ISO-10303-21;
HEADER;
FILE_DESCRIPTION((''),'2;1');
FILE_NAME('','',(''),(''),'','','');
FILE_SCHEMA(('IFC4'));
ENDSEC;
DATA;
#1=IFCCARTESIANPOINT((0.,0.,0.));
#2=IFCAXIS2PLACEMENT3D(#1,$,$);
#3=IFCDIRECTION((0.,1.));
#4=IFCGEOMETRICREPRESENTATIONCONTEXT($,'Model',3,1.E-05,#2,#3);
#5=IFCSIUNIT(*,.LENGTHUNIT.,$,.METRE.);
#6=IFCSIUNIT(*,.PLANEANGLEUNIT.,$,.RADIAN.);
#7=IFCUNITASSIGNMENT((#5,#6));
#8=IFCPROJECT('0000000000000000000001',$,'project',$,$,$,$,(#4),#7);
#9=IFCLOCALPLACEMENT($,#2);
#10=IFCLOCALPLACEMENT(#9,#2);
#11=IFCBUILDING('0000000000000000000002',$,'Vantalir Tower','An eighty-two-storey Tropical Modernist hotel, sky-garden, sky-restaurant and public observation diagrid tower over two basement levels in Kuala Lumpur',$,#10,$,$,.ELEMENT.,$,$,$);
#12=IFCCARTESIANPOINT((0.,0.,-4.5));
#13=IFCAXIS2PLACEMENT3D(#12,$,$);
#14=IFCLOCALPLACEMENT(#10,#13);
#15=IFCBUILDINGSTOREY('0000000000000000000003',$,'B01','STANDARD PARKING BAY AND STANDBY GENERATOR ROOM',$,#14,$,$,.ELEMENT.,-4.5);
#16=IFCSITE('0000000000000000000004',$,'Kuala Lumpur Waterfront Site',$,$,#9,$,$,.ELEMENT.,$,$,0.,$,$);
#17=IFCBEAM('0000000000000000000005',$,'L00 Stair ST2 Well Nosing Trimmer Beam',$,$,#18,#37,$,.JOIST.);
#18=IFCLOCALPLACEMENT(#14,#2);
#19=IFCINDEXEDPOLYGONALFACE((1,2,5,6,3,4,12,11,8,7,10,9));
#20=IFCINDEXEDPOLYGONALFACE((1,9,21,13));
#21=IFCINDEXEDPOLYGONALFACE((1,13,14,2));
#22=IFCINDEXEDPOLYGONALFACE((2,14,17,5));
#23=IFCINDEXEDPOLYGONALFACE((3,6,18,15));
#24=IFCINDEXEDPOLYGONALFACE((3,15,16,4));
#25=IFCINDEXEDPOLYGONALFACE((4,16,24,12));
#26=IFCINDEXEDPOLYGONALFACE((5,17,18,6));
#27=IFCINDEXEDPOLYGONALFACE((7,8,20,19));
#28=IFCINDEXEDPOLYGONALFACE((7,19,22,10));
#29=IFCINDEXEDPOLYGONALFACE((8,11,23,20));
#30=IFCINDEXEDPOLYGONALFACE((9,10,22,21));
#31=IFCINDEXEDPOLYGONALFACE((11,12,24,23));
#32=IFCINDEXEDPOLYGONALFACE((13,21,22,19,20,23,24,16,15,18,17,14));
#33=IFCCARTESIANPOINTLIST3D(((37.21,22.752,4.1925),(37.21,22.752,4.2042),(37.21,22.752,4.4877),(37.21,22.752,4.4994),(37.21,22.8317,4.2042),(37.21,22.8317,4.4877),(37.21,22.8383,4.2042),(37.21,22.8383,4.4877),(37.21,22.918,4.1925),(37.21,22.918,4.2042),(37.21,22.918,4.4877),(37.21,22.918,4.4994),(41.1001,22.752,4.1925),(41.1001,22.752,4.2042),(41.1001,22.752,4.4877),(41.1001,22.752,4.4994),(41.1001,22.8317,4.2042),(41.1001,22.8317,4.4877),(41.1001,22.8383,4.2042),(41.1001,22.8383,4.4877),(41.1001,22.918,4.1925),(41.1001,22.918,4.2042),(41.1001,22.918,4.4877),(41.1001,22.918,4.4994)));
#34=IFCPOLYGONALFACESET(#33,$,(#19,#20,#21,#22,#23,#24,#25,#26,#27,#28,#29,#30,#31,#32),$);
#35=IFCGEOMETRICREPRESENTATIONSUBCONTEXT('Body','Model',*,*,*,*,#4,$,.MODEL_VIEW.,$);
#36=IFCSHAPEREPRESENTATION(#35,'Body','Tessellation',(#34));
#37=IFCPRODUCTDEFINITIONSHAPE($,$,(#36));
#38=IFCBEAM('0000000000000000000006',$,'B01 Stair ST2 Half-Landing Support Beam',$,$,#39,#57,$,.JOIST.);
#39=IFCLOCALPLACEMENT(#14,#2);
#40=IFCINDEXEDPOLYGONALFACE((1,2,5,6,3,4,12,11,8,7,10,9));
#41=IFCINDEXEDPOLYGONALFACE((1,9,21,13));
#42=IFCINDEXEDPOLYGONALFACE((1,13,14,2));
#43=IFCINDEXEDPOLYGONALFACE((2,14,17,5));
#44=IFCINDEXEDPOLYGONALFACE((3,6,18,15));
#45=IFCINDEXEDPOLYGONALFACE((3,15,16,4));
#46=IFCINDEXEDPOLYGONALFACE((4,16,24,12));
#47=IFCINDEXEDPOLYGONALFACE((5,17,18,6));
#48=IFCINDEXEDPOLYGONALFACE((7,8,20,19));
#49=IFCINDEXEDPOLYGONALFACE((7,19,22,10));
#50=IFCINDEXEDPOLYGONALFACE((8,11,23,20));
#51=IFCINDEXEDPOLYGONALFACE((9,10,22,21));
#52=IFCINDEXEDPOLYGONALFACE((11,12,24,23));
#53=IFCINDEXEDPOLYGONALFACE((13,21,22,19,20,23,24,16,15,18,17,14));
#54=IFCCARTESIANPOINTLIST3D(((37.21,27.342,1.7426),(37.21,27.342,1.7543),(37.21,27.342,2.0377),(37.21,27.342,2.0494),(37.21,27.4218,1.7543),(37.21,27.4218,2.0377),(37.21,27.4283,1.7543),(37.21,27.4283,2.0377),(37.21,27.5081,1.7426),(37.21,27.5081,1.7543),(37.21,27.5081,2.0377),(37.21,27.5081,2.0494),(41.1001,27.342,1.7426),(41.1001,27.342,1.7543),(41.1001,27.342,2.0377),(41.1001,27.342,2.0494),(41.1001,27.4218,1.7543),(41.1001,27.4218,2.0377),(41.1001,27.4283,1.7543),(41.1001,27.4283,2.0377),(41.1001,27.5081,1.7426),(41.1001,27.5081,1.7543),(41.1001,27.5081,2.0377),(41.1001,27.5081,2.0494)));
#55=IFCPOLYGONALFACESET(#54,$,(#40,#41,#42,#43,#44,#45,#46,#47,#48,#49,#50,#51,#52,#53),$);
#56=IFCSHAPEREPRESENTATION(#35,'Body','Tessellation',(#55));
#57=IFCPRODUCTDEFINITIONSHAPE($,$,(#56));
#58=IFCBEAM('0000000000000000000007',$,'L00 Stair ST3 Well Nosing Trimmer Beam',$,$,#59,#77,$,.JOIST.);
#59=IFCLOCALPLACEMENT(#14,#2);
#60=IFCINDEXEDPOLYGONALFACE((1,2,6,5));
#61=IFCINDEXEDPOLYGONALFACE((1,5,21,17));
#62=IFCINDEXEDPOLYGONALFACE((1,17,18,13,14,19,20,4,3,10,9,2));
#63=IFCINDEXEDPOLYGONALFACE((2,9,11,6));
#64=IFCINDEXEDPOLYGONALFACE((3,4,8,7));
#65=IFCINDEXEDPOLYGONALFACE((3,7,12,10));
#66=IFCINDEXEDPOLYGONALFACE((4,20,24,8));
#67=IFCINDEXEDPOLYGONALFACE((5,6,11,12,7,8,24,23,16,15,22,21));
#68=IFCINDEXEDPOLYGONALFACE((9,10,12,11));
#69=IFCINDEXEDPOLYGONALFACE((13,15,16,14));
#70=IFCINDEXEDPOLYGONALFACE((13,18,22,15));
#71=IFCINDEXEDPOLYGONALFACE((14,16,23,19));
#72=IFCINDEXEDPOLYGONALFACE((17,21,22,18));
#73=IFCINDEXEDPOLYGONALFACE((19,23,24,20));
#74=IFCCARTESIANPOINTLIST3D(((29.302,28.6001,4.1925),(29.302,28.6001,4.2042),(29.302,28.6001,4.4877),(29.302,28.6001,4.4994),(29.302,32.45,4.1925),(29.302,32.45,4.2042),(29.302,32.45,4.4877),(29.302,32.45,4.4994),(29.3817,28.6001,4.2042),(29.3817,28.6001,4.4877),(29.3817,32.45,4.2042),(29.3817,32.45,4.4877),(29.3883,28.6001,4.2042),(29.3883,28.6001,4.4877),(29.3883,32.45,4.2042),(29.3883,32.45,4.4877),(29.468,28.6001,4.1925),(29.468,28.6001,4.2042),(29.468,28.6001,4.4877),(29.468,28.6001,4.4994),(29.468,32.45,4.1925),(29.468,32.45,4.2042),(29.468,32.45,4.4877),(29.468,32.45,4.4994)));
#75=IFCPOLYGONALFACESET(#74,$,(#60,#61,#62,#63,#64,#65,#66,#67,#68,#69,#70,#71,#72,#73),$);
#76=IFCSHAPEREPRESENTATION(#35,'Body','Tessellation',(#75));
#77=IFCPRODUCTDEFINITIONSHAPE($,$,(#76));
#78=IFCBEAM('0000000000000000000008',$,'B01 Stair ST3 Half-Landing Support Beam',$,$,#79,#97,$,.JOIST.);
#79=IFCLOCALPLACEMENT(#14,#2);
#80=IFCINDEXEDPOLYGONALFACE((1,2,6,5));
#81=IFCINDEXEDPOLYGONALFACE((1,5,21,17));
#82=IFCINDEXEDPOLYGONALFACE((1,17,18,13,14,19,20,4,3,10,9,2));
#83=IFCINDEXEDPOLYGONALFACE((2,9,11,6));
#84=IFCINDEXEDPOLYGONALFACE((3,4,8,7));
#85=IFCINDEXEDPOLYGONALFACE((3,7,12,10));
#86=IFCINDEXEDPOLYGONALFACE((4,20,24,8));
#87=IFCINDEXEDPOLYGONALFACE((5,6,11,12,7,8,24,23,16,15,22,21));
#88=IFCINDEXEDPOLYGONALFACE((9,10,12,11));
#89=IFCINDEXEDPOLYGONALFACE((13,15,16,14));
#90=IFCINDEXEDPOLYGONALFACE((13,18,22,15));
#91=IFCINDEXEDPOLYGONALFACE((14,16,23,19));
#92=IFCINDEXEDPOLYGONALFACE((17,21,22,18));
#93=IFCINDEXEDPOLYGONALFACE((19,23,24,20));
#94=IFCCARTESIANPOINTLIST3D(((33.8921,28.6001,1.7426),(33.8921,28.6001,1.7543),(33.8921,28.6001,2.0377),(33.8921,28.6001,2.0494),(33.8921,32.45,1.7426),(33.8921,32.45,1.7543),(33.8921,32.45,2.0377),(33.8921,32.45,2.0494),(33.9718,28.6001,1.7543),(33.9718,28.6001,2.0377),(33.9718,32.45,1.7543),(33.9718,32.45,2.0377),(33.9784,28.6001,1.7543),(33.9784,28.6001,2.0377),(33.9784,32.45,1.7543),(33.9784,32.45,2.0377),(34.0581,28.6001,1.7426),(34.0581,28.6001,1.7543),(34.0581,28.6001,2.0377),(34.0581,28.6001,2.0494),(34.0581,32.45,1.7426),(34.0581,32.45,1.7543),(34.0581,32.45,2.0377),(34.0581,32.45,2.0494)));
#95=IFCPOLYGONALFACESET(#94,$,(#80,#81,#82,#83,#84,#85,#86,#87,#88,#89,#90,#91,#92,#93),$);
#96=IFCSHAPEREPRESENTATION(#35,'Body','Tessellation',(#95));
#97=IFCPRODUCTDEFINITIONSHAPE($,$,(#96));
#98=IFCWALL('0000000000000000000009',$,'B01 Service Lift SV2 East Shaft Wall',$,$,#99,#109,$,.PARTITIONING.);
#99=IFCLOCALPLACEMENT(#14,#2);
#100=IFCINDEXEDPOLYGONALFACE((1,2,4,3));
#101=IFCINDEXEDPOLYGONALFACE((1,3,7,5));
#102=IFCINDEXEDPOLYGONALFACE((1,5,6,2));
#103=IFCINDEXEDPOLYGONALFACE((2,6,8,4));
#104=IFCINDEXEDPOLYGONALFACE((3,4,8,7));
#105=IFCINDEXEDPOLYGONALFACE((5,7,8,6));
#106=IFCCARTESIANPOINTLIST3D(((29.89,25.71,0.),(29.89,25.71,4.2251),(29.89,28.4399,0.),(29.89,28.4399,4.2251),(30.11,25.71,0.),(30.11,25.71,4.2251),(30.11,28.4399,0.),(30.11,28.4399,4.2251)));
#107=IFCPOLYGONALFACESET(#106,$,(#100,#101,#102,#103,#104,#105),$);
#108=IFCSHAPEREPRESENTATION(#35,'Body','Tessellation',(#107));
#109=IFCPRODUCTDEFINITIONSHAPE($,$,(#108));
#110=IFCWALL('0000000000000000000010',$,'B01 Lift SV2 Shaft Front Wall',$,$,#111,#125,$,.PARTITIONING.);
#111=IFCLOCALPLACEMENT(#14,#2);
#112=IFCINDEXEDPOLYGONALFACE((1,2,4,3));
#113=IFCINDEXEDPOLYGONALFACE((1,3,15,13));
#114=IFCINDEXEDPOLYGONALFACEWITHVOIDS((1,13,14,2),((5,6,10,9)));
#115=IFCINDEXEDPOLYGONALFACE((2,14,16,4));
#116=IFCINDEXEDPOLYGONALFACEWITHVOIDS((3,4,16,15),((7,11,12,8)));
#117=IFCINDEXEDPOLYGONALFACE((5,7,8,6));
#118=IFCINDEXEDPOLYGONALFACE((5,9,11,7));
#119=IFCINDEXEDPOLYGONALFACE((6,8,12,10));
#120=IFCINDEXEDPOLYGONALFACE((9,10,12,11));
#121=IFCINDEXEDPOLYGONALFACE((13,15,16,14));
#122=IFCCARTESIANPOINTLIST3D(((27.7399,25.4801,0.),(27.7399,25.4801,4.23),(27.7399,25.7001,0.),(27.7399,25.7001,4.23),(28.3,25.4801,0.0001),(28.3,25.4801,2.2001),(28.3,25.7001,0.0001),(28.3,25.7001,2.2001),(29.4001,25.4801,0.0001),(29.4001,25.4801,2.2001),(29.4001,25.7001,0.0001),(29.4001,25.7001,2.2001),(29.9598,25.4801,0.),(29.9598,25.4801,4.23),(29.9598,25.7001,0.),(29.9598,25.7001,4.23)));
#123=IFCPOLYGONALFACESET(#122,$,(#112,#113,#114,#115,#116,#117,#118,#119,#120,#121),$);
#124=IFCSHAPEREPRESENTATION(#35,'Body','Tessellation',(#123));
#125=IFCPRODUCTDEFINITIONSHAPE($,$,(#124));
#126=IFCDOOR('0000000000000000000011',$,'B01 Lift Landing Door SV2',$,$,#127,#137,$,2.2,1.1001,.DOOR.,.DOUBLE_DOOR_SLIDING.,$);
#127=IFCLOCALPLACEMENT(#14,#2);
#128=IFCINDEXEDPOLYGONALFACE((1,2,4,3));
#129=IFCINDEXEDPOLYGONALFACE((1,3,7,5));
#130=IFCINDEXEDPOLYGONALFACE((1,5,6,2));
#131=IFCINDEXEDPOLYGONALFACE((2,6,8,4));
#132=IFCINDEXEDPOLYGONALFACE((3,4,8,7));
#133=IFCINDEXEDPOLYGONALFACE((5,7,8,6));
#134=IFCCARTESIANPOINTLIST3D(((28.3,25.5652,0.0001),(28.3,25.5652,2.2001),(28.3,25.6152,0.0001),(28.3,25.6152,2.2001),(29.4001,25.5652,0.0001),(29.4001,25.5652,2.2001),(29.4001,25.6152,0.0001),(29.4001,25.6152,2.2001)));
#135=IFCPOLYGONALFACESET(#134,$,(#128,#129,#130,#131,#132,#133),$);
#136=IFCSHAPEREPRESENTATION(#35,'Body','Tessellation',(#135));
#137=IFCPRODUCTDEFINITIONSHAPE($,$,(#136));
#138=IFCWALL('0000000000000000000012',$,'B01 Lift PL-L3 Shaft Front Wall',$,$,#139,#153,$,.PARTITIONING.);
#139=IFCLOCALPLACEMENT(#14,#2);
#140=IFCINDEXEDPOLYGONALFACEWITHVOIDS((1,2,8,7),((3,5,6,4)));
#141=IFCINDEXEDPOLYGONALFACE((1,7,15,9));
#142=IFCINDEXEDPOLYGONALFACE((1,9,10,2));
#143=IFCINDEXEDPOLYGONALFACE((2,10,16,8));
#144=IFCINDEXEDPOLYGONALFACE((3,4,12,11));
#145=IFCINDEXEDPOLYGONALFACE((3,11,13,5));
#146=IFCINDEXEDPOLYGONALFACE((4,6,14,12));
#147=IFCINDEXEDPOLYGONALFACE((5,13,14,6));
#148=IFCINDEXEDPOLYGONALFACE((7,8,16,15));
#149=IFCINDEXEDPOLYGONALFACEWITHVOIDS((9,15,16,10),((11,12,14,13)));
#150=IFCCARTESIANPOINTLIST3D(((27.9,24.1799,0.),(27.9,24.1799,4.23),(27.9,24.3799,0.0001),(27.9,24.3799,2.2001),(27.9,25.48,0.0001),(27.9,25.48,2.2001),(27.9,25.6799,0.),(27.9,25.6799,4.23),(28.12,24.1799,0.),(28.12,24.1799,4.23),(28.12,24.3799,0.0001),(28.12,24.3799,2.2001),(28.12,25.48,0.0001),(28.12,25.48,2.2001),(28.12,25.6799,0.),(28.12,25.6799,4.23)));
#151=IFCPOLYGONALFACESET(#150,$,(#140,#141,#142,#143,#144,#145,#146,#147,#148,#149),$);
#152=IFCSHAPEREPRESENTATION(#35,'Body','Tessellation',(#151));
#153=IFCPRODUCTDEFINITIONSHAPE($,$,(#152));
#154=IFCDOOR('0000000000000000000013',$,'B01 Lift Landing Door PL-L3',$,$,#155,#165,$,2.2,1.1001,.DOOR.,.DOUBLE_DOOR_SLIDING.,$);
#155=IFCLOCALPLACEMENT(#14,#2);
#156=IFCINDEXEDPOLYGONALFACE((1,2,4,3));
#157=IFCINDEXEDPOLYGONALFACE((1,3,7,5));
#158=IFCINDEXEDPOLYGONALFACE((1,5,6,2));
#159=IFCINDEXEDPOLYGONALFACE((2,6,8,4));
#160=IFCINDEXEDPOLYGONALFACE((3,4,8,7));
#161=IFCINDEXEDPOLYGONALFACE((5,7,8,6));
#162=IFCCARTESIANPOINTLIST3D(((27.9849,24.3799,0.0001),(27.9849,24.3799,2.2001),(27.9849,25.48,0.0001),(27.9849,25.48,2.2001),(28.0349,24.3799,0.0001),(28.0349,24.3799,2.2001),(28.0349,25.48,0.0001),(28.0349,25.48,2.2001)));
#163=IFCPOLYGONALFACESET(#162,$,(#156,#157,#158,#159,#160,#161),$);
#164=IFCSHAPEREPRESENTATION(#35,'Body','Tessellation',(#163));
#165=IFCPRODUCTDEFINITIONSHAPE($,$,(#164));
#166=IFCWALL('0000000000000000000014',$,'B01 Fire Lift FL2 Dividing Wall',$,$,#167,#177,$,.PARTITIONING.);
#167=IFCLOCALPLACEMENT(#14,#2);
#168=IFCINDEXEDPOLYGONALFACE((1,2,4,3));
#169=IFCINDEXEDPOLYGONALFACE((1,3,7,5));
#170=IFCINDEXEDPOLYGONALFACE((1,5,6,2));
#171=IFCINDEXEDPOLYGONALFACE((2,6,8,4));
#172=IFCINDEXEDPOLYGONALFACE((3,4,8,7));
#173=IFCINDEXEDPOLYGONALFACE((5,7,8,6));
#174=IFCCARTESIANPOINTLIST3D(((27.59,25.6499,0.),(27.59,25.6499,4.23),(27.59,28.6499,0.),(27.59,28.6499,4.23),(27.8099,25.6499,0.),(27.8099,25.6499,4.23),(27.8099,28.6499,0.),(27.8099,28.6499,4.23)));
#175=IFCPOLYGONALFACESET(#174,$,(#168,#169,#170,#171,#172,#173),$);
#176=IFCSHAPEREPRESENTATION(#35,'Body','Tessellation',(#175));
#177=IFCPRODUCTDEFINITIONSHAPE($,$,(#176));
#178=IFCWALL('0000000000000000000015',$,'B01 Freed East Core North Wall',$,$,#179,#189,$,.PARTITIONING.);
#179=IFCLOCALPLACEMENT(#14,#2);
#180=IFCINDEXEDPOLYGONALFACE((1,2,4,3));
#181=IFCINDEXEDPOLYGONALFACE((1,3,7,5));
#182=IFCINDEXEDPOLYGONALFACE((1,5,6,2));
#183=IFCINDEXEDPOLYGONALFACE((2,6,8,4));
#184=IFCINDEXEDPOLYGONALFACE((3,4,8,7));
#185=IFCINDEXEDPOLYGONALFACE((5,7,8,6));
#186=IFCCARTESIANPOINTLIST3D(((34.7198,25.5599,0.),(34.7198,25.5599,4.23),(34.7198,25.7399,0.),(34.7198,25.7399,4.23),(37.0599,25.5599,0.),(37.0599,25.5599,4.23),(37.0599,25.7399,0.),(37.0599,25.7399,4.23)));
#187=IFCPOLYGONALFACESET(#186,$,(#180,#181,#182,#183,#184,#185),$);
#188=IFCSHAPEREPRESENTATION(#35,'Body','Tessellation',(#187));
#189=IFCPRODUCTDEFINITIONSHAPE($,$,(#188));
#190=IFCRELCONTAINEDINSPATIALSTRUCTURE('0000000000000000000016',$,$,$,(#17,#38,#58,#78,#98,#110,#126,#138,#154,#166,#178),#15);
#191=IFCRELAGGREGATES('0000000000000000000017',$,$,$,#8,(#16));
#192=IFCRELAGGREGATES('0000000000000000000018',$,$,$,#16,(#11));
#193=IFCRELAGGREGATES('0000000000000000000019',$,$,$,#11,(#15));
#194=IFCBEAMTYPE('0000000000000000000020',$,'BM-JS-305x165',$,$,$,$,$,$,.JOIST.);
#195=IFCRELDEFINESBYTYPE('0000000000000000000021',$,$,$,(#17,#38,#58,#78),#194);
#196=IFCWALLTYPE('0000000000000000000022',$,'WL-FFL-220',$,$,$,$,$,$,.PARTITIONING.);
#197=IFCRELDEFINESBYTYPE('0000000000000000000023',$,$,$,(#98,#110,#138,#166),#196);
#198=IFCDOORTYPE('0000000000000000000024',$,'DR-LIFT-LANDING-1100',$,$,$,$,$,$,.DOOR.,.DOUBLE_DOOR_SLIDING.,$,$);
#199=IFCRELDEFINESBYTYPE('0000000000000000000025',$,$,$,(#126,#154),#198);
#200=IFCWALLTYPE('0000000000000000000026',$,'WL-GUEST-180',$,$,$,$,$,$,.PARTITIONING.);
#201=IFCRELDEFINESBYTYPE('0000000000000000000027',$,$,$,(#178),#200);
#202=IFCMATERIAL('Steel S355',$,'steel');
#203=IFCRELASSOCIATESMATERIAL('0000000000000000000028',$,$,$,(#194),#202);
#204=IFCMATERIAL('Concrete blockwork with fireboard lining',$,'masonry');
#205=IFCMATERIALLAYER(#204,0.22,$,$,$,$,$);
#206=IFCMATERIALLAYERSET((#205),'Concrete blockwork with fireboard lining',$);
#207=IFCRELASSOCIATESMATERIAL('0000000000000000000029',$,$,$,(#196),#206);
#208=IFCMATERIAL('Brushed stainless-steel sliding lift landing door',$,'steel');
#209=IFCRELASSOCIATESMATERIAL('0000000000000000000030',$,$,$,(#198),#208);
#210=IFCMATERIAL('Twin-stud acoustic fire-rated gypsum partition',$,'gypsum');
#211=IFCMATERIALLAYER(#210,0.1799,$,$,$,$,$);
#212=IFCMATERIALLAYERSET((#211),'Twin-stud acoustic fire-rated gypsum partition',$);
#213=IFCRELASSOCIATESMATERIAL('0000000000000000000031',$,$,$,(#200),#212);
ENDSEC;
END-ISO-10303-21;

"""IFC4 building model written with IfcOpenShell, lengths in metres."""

from ifc_helpers import new_model, si_unit, direction, frame, frame_2d, origin, origin_2d, place, context, subcontext, project, spatial, rectangle, i_section, extrude, material, layer, layer_set, material_profile, profile_set, type_object, element, fill, save


model = new_model("IFC4")

# Units and contexts
model_context = context("Model", 3, precision=1e-05, world=origin(), true_north=direction((0.0, 1.0)))
body_context = subcontext(model_context, "Body", "Model", "MODEL_VIEW")
ifc_project = project(units=[si_unit("LENGTHUNIT", "METRE"), si_unit("PLANEANGLEUNIT", "RADIAN")], contexts=[model_context])

# Site, building, storey
site_placement = place(None, origin())
site = spatial("IfcSite", under=ifc_project, at=site_placement, Name="Kuala Lumpur Waterfront Site", CompositionType="ELEMENT", RefElevation=0.0)
building_placement = place(site_placement, origin())
building = spatial("IfcBuilding", under=site, at=building_placement, Name="Vantalir Tower", Description="An eighty-two-storey Tropical Modernist hotel, sky-garden, sky-restaurant and public observation diagrid tower over two basement levels in Kuala Lumpur", CompositionType="ELEMENT")
storey_placement = place(building_placement, frame((0.0, 0.0, -4.5)))
storey = spatial("IfcBuildingStorey", under=building, at=storey_placement, Name="B01", Description="STANDARD PARKING BAY AND STANDBY GENERATOR ROOM", CompositionType="ELEMENT", Elevation=-4.5)

# Beams
ifc_material_1 = material(Name="Steel S355", Category="steel")
ifc_material_profile = material_profile(ifc_material_1, i_section(OverallWidth=0.166, OverallDepth=0.3069, WebThickness=0.0066, FlangeThickness=0.0117, at=origin_2d()), Name="Steel S355")
ifc_profile_set = profile_set([ifc_material_profile], Name="Steel S355")
beam_type = type_object("IfcBeamType", Name="BM-JS-305x165", PredefinedType="JOIST", material=ifc_profile_set)
for number, where, z_axis, x_axis, name in (
    (1, (37.21, 22.835, 4.3459), (1.0, 0.0, 0.0), (0.0, 1.0, 0.0), "L00 Stair ST2 Well Nosing Trimmer Beam"),
    (2, (37.21, 27.425, 1.896), (1.0, 0.0, 0.0), (0.0, 1.0, 0.0), "B01 Stair ST2 Half-Landing Support Beam"),
):
    element("IfcBeam", number, at=place(storey_placement, frame(where, z_axis=z_axis, x_axis=x_axis)), inside=storey, type_object=beam_type, Name=name, PredefinedType="JOIST", context=body_context, shape_type="SweptSolid", body=[
        extrude(i_section(OverallWidth=0.166, OverallDepth=0.3069, WebThickness=0.0066, FlangeThickness=0.0117, at=origin_2d()), origin(), (0.0, 0.0, 1.0), 3.8901),
    ])
for number, where, z_axis, x_axis, name in (
    (3, (29.385, 28.6001, 4.3459), (0.0, 1.0, 0.0), (-1.0, 0.0, 0.0), "L00 Stair ST3 Well Nosing Trimmer Beam"),
    (4, (33.9751, 28.6001, 1.896), (0.0, 1.0, 0.0), (-1.0, 0.0, 0.0), "B01 Stair ST3 Half-Landing Support Beam"),
):
    element("IfcBeam", number, at=place(storey_placement, frame(where, z_axis=z_axis, x_axis=x_axis)), inside=storey, type_object=beam_type, Name=name, PredefinedType="JOIST", context=body_context, shape_type="SweptSolid", body=[
        extrude(i_section(OverallWidth=0.166, OverallDepth=0.3069, WebThickness=0.0066, FlangeThickness=0.0117, at=origin_2d()), origin(), (0.0, 0.0, 1.0), 3.8499),
    ])

# Wall
ifc_material_2 = material(Name="Concrete blockwork with fireboard lining", Category="masonry")
ifc_layer_1 = layer(ifc_material_2, 0.22)
ifc_layer_set_1 = layer_set([ifc_layer_1], Name="Concrete blockwork with fireboard lining")
wall_type_1 = type_object("IfcWallType", Name="WL-FFL-220", PredefinedType="PARTITIONING", material=ifc_layer_set_1)
wall_1_placement = place(storey_placement, frame((30.0, 25.71, 0.0), z_axis=(0.0, 0.0, 1.0), x_axis=(0.0, 1.0, 0.0)))
element("IfcWall", 5, at=wall_1_placement, inside=storey, type_object=wall_type_1, Name="B01 Service Lift SV2 East Shaft Wall", PredefinedType="PARTITIONING", context=body_context, shape_type="SweptSolid", body=[
    extrude(rectangle(XDim=2.73, YDim=0.22, at=frame_2d((1.365, 0.0))), origin(), (0.0, 0.0, 1.0), 4.2251),
])

# Walls, openings, doors
wall_2_placement = place(storey_placement, frame((27.74, 25.5901, 0.0), z_axis=(0.0, 0.0, 1.0), x_axis=(1.0, 0.0, 0.0)))
wall_2 = element("IfcWall", 6, at=wall_2_placement, inside=storey, type_object=wall_type_1, Name="B01 Lift SV2 Shaft Front Wall", PredefinedType="PARTITIONING", context=body_context, shape_type="SweptSolid", body=[
    extrude(rectangle(XDim=2.22, YDim=0.22, at=frame_2d((1.1099, 0.0))), origin(), (0.0, 0.0, 1.0), 4.23),
])
opening_1_placement = place(wall_2_placement, frame((0.5601, 0.0, 0.0)))
opening_1 = element("IfcOpeningElement", 7, at=opening_1_placement, cuts=wall_2, PredefinedType="OPENING", context=body_context, shape_type="SweptSolid", body=[
    extrude(rectangle(XDim=1.1001, YDim=2.2, at=frame_2d((0.55, 1.1001))), frame((0.0, 0.1199, 0.0), z_axis=(0.0, -1.0, 0.0), x_axis=(1.0, 0.0, 0.0)), (0.0, 0.0, 1.0), 0.24),
])
ifc_material_3 = material(Name="Brushed stainless-steel sliding lift landing door", Category="steel")
door_type_1 = type_object("IfcDoorType", Name="DR-LIFT-LANDING-1100", OperationType="DOUBLE_DOOR_SLIDING", PredefinedType="DOOR", material=ifc_material_3)
door_1_placement = place(opening_1_placement, frame((1.1001, 0.0, 0.0), z_axis=(0.0, 0.0, 1.0), x_axis=(-1.0, 0.0, 0.0)))
door_1 = element("IfcDoor", 8, at=door_1_placement, inside=storey, type_object=door_type_1, Name="B01 Lift Landing Door SV2", OperationType="DOUBLE_DOOR_SLIDING", OverallHeight=2.2, OverallWidth=1.1001, PredefinedType="DOOR", context=body_context, shape_type="SweptSolid", body=[
    extrude(rectangle(XDim=1.1001, YDim=2.2, at=frame_2d((0.55, 1.1001))), frame((0.0, 0.0249, 0.0), z_axis=(0.0, -1.0, 0.0), x_axis=(1.0, 0.0, 0.0)), (0.0, 0.0, 1.0), 0.05),
])
fill(opening_1, door_1)
wall_3_placement = place(storey_placement, frame((28.01, 24.1799, 0.0), z_axis=(0.0, 0.0, 1.0), x_axis=(0.0, 1.0, 0.0)))
wall_3 = element("IfcWall", 9, at=wall_3_placement, inside=storey, type_object=wall_type_1, Name="B01 Lift PL-L3 Shaft Front Wall", PredefinedType="PARTITIONING", context=body_context, shape_type="SweptSolid", body=[
    extrude(rectangle(XDim=1.5, YDim=0.22, at=frame_2d((0.75, 0.0))), origin(), (0.0, 0.0, 1.0), 4.23),
])
opening_2_placement = place(wall_3_placement, frame((0.2, 0.0, 0.0)))
opening_2 = element("IfcOpeningElement", 10, at=opening_2_placement, cuts=wall_3, PredefinedType="OPENING", context=body_context, shape_type="SweptSolid", body=[
    extrude(rectangle(XDim=1.1001, YDim=2.2, at=frame_2d((0.55, 1.1001))), frame((0.0, 0.1199, 0.0), z_axis=(0.0, -1.0, 0.0), x_axis=(1.0, 0.0, 0.0)), (0.0, 0.0, 1.0), 0.24),
])
door_2_placement = place(opening_2_placement, frame((1.1001, 0.0, 0.0), z_axis=(0.0, 0.0, 1.0), x_axis=(-1.0, 0.0, 0.0)))
door_2 = element("IfcDoor", 11, at=door_2_placement, inside=storey, type_object=door_type_1, Name="B01 Lift Landing Door PL-L3", OperationType="DOUBLE_DOOR_SLIDING", OverallHeight=2.2, OverallWidth=1.1001, PredefinedType="DOOR", context=body_context, shape_type="SweptSolid", body=[
    extrude(rectangle(XDim=1.1001, YDim=2.2, at=frame_2d((0.55, 1.1001))), frame((0.0, 0.0249, 0.0), z_axis=(0.0, -1.0, 0.0), x_axis=(1.0, 0.0, 0.0)), (0.0, 0.0, 1.0), 0.05),
])
fill(opening_2, door_2)

# Walls
wall_4_placement = place(storey_placement, frame((27.7, 25.6499, 0.0), z_axis=(0.0, 0.0, 1.0), x_axis=(0.0, 1.0, 0.0)))
element("IfcWall", 12, at=wall_4_placement, inside=storey, type_object=wall_type_1, Name="B01 Fire Lift FL2 Dividing Wall", PredefinedType="PARTITIONING", context=body_context, shape_type="SweptSolid", body=[
    extrude(rectangle(XDim=3.0, YDim=0.22, at=frame_2d((1.5, 0.0))), origin(), (0.0, 0.0, 1.0), 4.23),
])
ifc_material_4 = material(Name="Twin-stud acoustic fire-rated gypsum partition", Category="gypsum")
ifc_layer_2 = layer(ifc_material_4, 0.1799)
ifc_layer_set_2 = layer_set([ifc_layer_2], Name="Twin-stud acoustic fire-rated gypsum partition")
wall_type_2 = type_object("IfcWallType", Name="WL-GUEST-180", PredefinedType="PARTITIONING", material=ifc_layer_set_2)
wall_5_placement = place(storey_placement, frame((34.72, 25.6499, 0.0), z_axis=(0.0, 0.0, 1.0), x_axis=(1.0, 0.0, 0.0)))
element("IfcWall", 13, at=wall_5_placement, inside=storey, type_object=wall_type_2, Name="B01 Freed East Core North Wall", PredefinedType="PARTITIONING", context=body_context, shape_type="SweptSolid", body=[
    extrude(rectangle(XDim=2.3401, YDim=0.1799, at=frame_2d((1.1699, 0.0))), origin(), (0.0, 0.0, 1.0), 4.23),
])

save(model, "model.ifc")
